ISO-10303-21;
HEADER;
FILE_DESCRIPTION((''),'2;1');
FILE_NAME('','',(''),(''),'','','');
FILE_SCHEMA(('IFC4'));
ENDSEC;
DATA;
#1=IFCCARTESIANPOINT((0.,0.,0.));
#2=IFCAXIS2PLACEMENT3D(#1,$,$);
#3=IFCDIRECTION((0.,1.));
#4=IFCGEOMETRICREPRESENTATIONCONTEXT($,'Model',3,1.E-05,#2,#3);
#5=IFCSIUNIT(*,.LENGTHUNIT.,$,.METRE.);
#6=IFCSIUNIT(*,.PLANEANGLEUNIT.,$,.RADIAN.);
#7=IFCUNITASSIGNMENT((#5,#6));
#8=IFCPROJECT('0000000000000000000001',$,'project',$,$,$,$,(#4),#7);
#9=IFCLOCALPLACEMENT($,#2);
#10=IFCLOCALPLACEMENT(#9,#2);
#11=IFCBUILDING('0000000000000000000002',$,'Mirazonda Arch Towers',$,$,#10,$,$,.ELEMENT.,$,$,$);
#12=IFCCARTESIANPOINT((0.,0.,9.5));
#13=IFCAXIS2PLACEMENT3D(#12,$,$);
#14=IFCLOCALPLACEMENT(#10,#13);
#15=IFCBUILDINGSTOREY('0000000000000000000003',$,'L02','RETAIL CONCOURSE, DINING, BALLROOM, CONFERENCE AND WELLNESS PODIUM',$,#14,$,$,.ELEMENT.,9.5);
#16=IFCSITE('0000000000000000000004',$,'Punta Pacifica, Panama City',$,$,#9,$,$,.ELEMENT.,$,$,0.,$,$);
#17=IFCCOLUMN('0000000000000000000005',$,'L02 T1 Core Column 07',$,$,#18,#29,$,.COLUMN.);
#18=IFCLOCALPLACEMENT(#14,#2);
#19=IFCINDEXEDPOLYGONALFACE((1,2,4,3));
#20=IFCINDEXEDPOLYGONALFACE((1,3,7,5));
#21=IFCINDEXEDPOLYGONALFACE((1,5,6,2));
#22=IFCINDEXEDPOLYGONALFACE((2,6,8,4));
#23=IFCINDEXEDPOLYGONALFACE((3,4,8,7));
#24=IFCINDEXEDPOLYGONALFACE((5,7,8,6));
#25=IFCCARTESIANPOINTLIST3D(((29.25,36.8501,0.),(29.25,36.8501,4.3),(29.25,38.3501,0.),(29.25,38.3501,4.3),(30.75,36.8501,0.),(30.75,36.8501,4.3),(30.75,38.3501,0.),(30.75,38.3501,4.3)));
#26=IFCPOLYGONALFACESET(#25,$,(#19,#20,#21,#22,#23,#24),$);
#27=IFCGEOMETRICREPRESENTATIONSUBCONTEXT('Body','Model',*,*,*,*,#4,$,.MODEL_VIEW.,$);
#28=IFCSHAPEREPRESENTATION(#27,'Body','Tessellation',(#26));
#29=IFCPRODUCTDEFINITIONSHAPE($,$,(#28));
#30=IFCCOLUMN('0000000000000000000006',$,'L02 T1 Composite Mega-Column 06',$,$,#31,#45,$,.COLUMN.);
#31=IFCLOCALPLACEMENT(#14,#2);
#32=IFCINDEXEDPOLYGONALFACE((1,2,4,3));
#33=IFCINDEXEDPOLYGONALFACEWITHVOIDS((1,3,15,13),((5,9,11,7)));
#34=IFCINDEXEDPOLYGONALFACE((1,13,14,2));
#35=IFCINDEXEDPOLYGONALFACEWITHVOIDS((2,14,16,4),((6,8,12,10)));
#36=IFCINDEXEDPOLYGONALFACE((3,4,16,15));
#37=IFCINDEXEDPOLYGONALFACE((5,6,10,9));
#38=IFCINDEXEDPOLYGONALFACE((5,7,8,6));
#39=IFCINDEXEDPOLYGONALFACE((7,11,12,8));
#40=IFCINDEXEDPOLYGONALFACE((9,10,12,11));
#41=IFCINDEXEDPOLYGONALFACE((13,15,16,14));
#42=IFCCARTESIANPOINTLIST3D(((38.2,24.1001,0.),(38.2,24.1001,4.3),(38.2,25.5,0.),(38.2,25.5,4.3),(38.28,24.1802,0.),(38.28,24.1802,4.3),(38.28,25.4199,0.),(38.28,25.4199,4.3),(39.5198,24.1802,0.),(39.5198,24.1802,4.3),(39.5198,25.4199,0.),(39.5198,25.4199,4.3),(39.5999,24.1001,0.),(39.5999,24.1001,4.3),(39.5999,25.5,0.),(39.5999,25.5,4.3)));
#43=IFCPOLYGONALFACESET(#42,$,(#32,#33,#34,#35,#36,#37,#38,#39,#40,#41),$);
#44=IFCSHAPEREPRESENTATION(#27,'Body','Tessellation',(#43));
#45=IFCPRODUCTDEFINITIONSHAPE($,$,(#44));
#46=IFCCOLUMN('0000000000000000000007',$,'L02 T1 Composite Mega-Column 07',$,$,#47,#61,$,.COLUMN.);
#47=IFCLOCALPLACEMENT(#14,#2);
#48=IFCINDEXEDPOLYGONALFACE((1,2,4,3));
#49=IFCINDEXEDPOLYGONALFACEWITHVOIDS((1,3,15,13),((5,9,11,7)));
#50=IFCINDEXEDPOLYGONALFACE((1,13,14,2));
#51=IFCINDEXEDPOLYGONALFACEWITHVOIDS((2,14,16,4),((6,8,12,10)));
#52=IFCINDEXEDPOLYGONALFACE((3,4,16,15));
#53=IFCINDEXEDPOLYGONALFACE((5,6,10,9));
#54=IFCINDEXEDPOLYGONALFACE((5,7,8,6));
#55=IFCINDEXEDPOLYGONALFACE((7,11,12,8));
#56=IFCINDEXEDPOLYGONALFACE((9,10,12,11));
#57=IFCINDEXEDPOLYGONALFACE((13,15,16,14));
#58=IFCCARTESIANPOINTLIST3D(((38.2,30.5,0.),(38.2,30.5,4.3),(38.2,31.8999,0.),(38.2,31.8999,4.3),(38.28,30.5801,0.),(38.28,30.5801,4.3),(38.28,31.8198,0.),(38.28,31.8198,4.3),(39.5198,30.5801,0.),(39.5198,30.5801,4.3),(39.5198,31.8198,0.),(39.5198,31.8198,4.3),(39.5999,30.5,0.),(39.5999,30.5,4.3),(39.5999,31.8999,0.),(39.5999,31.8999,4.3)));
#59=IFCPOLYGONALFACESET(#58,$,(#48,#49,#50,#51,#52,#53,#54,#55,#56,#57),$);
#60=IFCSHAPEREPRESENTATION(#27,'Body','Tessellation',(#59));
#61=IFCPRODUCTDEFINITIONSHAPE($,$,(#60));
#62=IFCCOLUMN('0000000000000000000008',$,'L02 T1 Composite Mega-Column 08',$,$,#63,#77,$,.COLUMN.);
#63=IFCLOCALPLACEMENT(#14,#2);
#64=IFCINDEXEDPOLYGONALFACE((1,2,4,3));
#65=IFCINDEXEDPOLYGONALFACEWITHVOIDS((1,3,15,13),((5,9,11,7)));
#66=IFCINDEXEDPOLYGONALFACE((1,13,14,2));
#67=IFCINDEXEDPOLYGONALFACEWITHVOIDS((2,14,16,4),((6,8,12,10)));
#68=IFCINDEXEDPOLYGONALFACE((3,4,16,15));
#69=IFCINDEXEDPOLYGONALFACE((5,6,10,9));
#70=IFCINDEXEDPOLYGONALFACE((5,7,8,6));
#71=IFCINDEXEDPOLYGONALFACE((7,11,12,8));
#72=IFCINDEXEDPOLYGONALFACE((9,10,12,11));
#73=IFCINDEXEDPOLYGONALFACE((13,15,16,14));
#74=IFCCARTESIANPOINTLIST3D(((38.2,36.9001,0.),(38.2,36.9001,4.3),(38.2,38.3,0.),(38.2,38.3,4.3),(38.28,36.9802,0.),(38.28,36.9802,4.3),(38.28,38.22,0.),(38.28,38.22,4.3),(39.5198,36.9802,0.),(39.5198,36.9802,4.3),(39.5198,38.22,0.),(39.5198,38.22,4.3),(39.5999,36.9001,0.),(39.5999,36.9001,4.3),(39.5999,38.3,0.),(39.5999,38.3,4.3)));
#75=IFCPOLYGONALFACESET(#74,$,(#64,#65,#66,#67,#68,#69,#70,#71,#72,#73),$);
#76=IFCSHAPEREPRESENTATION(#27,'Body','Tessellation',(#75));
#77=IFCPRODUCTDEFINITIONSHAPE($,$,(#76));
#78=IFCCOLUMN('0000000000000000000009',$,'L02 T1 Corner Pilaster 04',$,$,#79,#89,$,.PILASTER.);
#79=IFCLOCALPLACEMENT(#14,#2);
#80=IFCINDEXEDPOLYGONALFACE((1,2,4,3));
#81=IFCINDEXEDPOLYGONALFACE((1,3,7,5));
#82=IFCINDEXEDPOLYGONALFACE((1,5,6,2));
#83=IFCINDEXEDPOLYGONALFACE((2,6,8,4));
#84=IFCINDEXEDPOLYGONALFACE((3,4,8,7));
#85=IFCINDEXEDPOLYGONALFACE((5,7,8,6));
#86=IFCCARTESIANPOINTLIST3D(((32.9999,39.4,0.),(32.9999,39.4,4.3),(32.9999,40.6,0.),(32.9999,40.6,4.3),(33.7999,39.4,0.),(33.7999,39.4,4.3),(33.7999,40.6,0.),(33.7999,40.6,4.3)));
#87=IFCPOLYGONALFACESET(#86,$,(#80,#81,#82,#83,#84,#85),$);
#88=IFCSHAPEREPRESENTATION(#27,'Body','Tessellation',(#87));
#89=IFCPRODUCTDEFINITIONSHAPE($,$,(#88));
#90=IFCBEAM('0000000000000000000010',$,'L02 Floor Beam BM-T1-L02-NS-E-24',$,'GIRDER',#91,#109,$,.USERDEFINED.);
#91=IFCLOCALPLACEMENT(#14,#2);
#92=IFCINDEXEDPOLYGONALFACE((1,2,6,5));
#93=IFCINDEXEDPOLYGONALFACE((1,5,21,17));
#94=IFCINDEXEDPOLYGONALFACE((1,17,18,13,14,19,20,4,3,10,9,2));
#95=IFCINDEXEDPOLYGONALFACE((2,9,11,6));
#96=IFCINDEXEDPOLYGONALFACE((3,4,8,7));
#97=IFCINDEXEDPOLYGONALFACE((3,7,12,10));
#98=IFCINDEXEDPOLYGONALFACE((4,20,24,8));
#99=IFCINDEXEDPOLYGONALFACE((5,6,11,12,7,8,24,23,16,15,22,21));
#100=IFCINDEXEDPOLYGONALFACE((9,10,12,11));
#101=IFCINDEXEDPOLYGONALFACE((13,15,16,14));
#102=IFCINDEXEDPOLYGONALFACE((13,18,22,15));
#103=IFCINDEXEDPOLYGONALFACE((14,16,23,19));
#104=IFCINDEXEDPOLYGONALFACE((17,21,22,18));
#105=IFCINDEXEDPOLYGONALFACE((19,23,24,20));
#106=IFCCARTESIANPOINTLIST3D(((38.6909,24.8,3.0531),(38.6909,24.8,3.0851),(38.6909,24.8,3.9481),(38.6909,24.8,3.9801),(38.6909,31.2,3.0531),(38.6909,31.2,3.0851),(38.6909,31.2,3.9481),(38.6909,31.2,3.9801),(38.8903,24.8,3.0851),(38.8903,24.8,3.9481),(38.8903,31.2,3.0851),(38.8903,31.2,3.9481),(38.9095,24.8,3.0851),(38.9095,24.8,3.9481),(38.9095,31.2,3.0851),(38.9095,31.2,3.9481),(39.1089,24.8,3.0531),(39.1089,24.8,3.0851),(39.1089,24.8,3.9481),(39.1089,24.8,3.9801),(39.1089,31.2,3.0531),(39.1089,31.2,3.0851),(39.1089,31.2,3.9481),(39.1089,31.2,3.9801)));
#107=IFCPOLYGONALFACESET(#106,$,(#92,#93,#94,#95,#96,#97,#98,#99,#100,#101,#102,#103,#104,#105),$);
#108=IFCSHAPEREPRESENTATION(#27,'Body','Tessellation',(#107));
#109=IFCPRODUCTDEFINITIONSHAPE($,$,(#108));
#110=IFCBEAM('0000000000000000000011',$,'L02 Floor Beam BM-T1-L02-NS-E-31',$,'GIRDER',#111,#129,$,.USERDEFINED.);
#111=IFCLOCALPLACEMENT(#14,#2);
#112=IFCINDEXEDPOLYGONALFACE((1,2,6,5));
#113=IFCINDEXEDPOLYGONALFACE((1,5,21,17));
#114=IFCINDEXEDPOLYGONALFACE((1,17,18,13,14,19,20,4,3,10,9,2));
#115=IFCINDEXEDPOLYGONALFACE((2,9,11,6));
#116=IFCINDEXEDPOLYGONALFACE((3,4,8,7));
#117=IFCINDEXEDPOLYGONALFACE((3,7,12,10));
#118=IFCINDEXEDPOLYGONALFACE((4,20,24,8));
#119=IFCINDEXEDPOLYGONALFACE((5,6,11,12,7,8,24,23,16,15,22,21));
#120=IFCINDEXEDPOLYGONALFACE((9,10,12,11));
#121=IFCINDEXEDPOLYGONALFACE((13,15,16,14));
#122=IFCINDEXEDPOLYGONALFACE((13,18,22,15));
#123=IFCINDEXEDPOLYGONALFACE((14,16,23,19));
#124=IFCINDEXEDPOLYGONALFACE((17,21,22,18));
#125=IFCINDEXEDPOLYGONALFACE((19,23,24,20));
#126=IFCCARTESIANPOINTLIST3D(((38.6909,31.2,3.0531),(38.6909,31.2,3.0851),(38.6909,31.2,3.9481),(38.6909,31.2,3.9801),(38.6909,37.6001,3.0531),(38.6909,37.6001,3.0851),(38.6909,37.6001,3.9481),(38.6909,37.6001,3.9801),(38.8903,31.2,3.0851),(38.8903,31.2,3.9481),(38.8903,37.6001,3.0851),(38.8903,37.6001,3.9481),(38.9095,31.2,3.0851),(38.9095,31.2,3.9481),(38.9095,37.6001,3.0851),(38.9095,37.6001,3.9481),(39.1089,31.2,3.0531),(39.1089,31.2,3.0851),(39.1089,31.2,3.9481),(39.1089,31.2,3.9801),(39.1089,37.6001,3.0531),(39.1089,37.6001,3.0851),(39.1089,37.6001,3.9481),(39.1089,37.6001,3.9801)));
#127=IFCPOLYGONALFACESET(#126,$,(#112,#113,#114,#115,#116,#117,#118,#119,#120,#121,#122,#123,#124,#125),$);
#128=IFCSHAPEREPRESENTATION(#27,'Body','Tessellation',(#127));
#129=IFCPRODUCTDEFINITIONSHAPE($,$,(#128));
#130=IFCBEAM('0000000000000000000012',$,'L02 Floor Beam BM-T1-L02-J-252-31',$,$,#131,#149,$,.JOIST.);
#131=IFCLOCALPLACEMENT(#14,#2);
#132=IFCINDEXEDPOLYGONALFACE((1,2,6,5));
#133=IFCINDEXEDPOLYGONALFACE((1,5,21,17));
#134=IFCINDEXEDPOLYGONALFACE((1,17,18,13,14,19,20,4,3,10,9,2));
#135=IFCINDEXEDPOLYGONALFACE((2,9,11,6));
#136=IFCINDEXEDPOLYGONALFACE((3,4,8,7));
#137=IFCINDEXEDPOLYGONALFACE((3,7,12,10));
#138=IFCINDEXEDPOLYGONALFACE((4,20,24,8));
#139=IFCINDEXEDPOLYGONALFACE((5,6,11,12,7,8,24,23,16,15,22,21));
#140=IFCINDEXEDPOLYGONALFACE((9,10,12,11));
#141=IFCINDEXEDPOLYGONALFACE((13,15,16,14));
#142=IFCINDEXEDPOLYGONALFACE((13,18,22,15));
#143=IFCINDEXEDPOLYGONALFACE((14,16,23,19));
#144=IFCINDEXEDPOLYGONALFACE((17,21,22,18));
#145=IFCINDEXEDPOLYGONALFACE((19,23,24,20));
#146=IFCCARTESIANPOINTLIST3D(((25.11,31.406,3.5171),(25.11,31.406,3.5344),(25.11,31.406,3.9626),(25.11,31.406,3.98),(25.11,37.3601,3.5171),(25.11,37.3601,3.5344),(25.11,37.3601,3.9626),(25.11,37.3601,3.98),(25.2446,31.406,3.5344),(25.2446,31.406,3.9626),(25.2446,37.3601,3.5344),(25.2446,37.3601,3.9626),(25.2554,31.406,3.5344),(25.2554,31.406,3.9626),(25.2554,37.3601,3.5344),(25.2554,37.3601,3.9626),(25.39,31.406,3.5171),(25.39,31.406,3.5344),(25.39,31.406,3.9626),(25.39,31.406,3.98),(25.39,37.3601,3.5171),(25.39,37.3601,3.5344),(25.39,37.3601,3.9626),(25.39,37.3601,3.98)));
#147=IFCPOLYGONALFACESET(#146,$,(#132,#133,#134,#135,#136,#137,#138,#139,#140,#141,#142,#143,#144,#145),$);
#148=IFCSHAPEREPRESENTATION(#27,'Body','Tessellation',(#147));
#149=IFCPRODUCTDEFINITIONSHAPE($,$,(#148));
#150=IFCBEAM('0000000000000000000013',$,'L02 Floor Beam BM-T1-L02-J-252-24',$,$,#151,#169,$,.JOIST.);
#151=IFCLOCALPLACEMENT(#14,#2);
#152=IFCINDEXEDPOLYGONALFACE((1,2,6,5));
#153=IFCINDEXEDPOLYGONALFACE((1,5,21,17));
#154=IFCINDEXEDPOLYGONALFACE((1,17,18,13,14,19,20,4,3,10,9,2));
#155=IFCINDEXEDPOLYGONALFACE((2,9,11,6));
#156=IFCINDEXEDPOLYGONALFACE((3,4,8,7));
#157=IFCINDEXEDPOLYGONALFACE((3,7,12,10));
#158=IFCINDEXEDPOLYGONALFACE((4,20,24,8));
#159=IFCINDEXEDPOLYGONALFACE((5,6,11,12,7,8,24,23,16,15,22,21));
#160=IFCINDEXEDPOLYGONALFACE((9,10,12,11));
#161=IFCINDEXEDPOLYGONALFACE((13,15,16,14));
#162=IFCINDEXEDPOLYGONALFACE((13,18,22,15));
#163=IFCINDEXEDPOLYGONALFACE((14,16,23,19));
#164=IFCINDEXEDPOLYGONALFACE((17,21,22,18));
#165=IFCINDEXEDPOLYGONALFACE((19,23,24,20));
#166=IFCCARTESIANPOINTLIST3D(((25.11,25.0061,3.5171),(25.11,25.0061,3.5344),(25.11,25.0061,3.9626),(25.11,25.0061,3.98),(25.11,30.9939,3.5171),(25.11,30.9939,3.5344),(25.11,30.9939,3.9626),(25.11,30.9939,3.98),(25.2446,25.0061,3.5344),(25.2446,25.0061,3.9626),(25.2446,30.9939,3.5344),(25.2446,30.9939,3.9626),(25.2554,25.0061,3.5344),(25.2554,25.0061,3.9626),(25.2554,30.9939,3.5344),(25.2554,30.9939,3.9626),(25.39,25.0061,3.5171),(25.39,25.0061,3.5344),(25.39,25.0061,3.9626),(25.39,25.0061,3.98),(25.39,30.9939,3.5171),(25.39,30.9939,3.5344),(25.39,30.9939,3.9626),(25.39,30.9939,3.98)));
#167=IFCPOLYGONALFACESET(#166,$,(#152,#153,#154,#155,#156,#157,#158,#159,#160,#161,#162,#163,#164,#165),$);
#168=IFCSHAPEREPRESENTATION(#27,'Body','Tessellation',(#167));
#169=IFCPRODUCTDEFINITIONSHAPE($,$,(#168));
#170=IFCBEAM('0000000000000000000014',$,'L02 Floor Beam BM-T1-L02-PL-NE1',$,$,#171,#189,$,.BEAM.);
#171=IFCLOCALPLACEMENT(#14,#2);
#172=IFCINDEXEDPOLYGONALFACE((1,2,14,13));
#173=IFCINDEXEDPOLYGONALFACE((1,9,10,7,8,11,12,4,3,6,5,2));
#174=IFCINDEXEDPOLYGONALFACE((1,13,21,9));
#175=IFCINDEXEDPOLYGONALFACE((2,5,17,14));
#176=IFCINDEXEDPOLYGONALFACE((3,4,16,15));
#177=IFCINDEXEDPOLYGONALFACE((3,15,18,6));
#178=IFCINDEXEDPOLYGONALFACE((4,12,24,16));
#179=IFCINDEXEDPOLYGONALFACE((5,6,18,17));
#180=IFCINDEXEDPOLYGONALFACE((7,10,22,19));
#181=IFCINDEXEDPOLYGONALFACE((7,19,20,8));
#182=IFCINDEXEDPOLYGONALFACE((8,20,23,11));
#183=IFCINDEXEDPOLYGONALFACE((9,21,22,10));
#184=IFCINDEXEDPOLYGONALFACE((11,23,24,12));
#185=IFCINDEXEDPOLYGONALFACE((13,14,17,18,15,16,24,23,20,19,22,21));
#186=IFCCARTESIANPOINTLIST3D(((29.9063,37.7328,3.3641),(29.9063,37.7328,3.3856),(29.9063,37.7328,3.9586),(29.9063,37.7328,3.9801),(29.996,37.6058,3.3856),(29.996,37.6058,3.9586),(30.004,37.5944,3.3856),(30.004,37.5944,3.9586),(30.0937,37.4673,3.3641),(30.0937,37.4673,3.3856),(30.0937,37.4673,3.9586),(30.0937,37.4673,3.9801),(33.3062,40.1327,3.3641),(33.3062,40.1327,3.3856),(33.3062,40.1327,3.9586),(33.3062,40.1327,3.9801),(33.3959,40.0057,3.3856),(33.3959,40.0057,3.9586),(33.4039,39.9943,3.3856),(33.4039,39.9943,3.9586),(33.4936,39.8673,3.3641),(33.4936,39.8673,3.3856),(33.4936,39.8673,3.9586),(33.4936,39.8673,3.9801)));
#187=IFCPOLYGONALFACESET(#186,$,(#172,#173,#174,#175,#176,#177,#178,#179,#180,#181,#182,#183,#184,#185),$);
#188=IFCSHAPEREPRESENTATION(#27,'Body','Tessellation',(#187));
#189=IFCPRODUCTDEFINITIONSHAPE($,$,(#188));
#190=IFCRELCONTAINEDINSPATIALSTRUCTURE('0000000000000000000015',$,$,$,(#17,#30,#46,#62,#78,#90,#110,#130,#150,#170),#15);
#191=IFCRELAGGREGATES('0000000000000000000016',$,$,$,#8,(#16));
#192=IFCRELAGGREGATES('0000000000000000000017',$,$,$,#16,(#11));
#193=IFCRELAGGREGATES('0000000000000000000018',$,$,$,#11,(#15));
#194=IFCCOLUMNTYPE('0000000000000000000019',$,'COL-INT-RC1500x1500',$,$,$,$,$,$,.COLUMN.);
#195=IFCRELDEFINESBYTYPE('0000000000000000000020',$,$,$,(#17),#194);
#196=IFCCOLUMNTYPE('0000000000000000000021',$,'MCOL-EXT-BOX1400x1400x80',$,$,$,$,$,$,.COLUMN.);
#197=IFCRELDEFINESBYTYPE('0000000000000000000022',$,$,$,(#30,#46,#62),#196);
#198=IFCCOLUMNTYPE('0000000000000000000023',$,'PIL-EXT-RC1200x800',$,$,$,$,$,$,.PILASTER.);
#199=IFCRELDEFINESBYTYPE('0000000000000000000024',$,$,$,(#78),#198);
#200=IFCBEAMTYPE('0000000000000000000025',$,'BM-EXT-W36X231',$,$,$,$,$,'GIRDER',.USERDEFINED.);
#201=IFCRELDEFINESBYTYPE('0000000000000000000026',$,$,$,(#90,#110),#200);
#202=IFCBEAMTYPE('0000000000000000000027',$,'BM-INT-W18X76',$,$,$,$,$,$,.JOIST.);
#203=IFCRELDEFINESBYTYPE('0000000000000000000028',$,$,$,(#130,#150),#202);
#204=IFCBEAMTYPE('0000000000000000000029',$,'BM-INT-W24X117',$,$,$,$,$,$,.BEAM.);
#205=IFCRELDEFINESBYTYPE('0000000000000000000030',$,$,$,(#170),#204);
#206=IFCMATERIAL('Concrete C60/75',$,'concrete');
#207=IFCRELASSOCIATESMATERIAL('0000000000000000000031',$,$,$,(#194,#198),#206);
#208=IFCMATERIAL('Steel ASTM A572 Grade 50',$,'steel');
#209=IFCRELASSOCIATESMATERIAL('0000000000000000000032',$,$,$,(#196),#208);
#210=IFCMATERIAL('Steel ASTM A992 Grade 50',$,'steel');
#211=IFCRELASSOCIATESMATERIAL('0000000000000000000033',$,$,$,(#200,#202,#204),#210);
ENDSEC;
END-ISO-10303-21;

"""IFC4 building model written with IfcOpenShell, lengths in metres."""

from ifc_helpers import new_model, si_unit, direction, frame, origin, origin_2d, place, context, subcontext, project, spatial, rectangle, hollow_rectangle, i_section, extrude, material, material_profile, profile_set, type_object, element, save


model = new_model("IFC4")

# Units and contexts
model_context = context("Model", 3, precision=1e-05, world=origin(), true_north=direction((0.0, 1.0)))
body_context = subcontext(model_context, "Body", "Model", "MODEL_VIEW")
ifc_project = project(units=[si_unit("LENGTHUNIT", "METRE"), si_unit("PLANEANGLEUNIT", "RADIAN")], contexts=[model_context])

# Site, building, storey
site_placement = place(None, origin())
site = spatial("IfcSite", under=ifc_project, at=site_placement, Name="Punta Pacifica, Panama City", CompositionType="ELEMENT", RefElevation=0.0)
building_placement = place(site_placement, origin())
building = spatial("IfcBuilding", under=site, at=building_placement, Name="Mirazonda Arch Towers", CompositionType="ELEMENT")
storey_placement = place(building_placement, frame((0.0, 0.0, 9.5)))
storey = spatial("IfcBuildingStorey", under=building, at=storey_placement, Name="L02", Description="RETAIL CONCOURSE, DINING, BALLROOM, CONFERENCE AND WELLNESS PODIUM", CompositionType="ELEMENT", Elevation=9.5)

# Columns
ifc_material_1 = material(Name="Concrete C60/75", Category="concrete")
ifc_material_profile_1 = material_profile(ifc_material_1, rectangle(XDim=1.5, YDim=1.5, at=origin_2d()), Name="RC1500x1500")
ifc_profile_set_1 = profile_set([ifc_material_profile_1], Name="Concrete C60/75")
column_type_1 = type_object("IfcColumnType", Name="COL-INT-RC1500x1500", PredefinedType="COLUMN", material=ifc_profile_set_1)
column_1_placement = place(storey_placement, frame((30.0, 37.6001, 0.0), z_axis=(0.0, 0.0, 1.0), x_axis=(1.0, 0.0, 0.0)))
element("IfcColumn", 1, at=column_1_placement, inside=storey, type_object=column_type_1, Name="L02 T1 Core Column 07", PredefinedType="COLUMN", context=body_context, shape_type="SweptSolid", body=[
    extrude(rectangle(XDim=1.5, YDim=1.5, at=origin_2d()), origin(), (0.0, 0.0, 1.0), 4.3),
])
ifc_material_2 = material(Name="Steel ASTM A572 Grade 50", Category="steel")
ifc_material_profile_2 = material_profile(ifc_material_2, hollow_rectangle(XDim=1.3999, YDim=1.3999, WallThickness=0.0801, at=origin_2d()), Name="BOX1400x1400x80")
ifc_profile_set_2 = profile_set([ifc_material_profile_2], Name="Steel ASTM A572 Grade 50")
column_type_2 = type_object("IfcColumnType", Name="MCOL-EXT-BOX1400x1400x80", PredefinedType="COLUMN", material=ifc_profile_set_2)
for number, where, z_axis, x_axis, name in (
    (2, (38.8999, 24.8, 0.0), (0.0, 0.0, 1.0), (1.0, 0.0, 0.0), "L02 T1 Composite Mega-Column 06"),
    (3, (38.8999, 31.2, 0.0), (0.0, 0.0, 1.0), (1.0, 0.0, 0.0), "L02 T1 Composite Mega-Column 07"),
    (4, (38.8999, 37.6001, 0.0), (0.0, 0.0, 1.0), (1.0, 0.0, 0.0), "L02 T1 Composite Mega-Column 08"),
):
    element("IfcColumn", number, at=place(storey_placement, frame(where, z_axis=z_axis, x_axis=x_axis)), inside=storey, type_object=column_type_2, Name=name, PredefinedType="COLUMN", context=body_context, shape_type="SweptSolid", body=[
        extrude(hollow_rectangle(XDim=1.3999, YDim=1.3999, WallThickness=0.0801, at=origin_2d()), origin(), (0.0, 0.0, 1.0), 4.3),
    ])
ifc_material_profile_3 = material_profile(ifc_material_1, rectangle(XDim=0.8, YDim=1.2, at=origin_2d()), Name="RC1200x800")
ifc_profile_set_3 = profile_set([ifc_material_profile_3], Name="Concrete C60/75")
column_type_3 = type_object("IfcColumnType", Name="PIL-EXT-RC1200x800", PredefinedType="PILASTER", material=ifc_profile_set_3)
column_2_placement = place(storey_placement, frame((33.3999, 40.0, 0.0), z_axis=(0.0, 0.0, 1.0), x_axis=(1.0, 0.0, 0.0)))
element("IfcColumn", 5, at=column_2_placement, inside=storey, type_object=column_type_3, Name="L02 T1 Corner Pilaster 04", PredefinedType="PILASTER", context=body_context, shape_type="SweptSolid", body=[
    extrude(rectangle(XDim=0.8, YDim=1.2, at=origin_2d()), origin(), (0.0, 0.0, 1.0), 4.3),
])

# Beams
ifc_material_3 = material(Name="Steel ASTM A992 Grade 50", Category="steel")
ifc_material_profile_4 = material_profile(ifc_material_3, i_section(OverallWidth=0.418, OverallDepth=0.927, WebThickness=0.0193, FlangeThickness=0.032, at=origin_2d()), Name="W36X231")
ifc_profile_set_4 = profile_set([ifc_material_profile_4], Name="Steel ASTM A992 Grade 50")
beam_type_1 = type_object("IfcBeamType", Name="BM-EXT-W36X231", ElementType="GIRDER", PredefinedType="USERDEFINED", material=ifc_profile_set_4)
beam_1_placement = place(storey_placement, frame((38.8999, 24.8, 3.5166), z_axis=(0.0, 1.0, 0.0), x_axis=(-1.0, 0.0, 0.0)))
element("IfcBeam", 6, at=beam_1_placement, inside=storey, type_object=beam_type_1, Name="L02 Floor Beam BM-T1-L02-NS-E-24", ObjectType="GIRDER", PredefinedType="USERDEFINED", context=body_context, shape_type="SweptSolid", body=[
    extrude(i_section(OverallWidth=0.418, OverallDepth=0.927, WebThickness=0.0193, FlangeThickness=0.032, at=origin_2d()), origin(), (0.0, 0.0, 1.0), 6.3999),
])
beam_2_placement = place(storey_placement, frame((38.8999, 31.2, 3.5166), z_axis=(0.0, 1.0, 0.0), x_axis=(-1.0, 0.0, 0.0)))
element("IfcBeam", 7, at=beam_2_placement, inside=storey, type_object=beam_type_1, Name="L02 Floor Beam BM-T1-L02-NS-E-31", ObjectType="GIRDER", PredefinedType="USERDEFINED", context=body_context, shape_type="SweptSolid", body=[
    extrude(i_section(OverallWidth=0.418, OverallDepth=0.927, WebThickness=0.0193, FlangeThickness=0.032, at=origin_2d()), origin(), (0.0, 0.0, 1.0), 6.4001),
])
ifc_material_profile_5 = material_profile(ifc_material_3, i_section(OverallWidth=0.28, OverallDepth=0.4629, WebThickness=0.0107, FlangeThickness=0.0173, at=origin_2d()), Name="W18X76")
ifc_profile_set_5 = profile_set([ifc_material_profile_5], Name="Steel ASTM A992 Grade 50")
beam_type_2 = type_object("IfcBeamType", Name="BM-INT-W18X76", PredefinedType="JOIST", material=ifc_profile_set_5)
beam_3_placement = place(storey_placement, frame((25.25, 31.406, 3.7485), z_axis=(0.0, 1.0, 0.0), x_axis=(-1.0, 0.0, 0.0)))
element("IfcBeam", 8, at=beam_3_placement, inside=storey, type_object=beam_type_2, Name="L02 Floor Beam BM-T1-L02-J-252-31", PredefinedType="JOIST", context=body_context, shape_type="SweptSolid", body=[
    extrude(i_section(OverallWidth=0.28, OverallDepth=0.4629, WebThickness=0.0107, FlangeThickness=0.0173, at=origin_2d()), origin(), (0.0, 0.0, 1.0), 5.9541),
])
beam_4_placement = place(storey_placement, frame((25.25, 25.0061, 3.7485), z_axis=(0.0, 1.0, 0.0), x_axis=(-1.0, 0.0, 0.0)))
element("IfcBeam", 9, at=beam_4_placement, inside=storey, type_object=beam_type_2, Name="L02 Floor Beam BM-T1-L02-J-252-24", PredefinedType="JOIST", context=body_context, shape_type="SweptSolid", body=[
    extrude(i_section(OverallWidth=0.28, OverallDepth=0.4629, WebThickness=0.0107, FlangeThickness=0.0173, at=origin_2d()), origin(), (0.0, 0.0, 1.0), 5.9878),
])
ifc_material_profile_6 = material_profile(ifc_material_3, i_section(OverallWidth=0.325, OverallDepth=0.616, WebThickness=0.0139, FlangeThickness=0.0215, at=origin_2d()), Name="W24X117")
ifc_profile_set_6 = profile_set([ifc_material_profile_6], Name="Steel ASTM A992 Grade 50")
beam_type_3 = type_object("IfcBeamType", Name="BM-INT-W24X117", PredefinedType="BEAM", material=ifc_profile_set_6)
beam_5_placement = place(storey_placement, frame((33.3999, 40.0, 3.6721), z_axis=(-0.816971, -0.576679, 0.0), x_axis=(0.576679, -0.816971, 0.0)))
element("IfcBeam", 10, at=beam_5_placement, inside=storey, type_object=beam_type_3, Name="L02 Floor Beam BM-T1-L02-PL-NE1", PredefinedType="BEAM", context=body_context, shape_type="SweptSolid", body=[
    extrude(i_section(OverallWidth=0.325, OverallDepth=0.616, WebThickness=0.0139, FlangeThickness=0.0215, at=origin_2d()), origin(), (0.0, 0.0, 1.0), 4.1616),
])

save(model, "model.ifc")
